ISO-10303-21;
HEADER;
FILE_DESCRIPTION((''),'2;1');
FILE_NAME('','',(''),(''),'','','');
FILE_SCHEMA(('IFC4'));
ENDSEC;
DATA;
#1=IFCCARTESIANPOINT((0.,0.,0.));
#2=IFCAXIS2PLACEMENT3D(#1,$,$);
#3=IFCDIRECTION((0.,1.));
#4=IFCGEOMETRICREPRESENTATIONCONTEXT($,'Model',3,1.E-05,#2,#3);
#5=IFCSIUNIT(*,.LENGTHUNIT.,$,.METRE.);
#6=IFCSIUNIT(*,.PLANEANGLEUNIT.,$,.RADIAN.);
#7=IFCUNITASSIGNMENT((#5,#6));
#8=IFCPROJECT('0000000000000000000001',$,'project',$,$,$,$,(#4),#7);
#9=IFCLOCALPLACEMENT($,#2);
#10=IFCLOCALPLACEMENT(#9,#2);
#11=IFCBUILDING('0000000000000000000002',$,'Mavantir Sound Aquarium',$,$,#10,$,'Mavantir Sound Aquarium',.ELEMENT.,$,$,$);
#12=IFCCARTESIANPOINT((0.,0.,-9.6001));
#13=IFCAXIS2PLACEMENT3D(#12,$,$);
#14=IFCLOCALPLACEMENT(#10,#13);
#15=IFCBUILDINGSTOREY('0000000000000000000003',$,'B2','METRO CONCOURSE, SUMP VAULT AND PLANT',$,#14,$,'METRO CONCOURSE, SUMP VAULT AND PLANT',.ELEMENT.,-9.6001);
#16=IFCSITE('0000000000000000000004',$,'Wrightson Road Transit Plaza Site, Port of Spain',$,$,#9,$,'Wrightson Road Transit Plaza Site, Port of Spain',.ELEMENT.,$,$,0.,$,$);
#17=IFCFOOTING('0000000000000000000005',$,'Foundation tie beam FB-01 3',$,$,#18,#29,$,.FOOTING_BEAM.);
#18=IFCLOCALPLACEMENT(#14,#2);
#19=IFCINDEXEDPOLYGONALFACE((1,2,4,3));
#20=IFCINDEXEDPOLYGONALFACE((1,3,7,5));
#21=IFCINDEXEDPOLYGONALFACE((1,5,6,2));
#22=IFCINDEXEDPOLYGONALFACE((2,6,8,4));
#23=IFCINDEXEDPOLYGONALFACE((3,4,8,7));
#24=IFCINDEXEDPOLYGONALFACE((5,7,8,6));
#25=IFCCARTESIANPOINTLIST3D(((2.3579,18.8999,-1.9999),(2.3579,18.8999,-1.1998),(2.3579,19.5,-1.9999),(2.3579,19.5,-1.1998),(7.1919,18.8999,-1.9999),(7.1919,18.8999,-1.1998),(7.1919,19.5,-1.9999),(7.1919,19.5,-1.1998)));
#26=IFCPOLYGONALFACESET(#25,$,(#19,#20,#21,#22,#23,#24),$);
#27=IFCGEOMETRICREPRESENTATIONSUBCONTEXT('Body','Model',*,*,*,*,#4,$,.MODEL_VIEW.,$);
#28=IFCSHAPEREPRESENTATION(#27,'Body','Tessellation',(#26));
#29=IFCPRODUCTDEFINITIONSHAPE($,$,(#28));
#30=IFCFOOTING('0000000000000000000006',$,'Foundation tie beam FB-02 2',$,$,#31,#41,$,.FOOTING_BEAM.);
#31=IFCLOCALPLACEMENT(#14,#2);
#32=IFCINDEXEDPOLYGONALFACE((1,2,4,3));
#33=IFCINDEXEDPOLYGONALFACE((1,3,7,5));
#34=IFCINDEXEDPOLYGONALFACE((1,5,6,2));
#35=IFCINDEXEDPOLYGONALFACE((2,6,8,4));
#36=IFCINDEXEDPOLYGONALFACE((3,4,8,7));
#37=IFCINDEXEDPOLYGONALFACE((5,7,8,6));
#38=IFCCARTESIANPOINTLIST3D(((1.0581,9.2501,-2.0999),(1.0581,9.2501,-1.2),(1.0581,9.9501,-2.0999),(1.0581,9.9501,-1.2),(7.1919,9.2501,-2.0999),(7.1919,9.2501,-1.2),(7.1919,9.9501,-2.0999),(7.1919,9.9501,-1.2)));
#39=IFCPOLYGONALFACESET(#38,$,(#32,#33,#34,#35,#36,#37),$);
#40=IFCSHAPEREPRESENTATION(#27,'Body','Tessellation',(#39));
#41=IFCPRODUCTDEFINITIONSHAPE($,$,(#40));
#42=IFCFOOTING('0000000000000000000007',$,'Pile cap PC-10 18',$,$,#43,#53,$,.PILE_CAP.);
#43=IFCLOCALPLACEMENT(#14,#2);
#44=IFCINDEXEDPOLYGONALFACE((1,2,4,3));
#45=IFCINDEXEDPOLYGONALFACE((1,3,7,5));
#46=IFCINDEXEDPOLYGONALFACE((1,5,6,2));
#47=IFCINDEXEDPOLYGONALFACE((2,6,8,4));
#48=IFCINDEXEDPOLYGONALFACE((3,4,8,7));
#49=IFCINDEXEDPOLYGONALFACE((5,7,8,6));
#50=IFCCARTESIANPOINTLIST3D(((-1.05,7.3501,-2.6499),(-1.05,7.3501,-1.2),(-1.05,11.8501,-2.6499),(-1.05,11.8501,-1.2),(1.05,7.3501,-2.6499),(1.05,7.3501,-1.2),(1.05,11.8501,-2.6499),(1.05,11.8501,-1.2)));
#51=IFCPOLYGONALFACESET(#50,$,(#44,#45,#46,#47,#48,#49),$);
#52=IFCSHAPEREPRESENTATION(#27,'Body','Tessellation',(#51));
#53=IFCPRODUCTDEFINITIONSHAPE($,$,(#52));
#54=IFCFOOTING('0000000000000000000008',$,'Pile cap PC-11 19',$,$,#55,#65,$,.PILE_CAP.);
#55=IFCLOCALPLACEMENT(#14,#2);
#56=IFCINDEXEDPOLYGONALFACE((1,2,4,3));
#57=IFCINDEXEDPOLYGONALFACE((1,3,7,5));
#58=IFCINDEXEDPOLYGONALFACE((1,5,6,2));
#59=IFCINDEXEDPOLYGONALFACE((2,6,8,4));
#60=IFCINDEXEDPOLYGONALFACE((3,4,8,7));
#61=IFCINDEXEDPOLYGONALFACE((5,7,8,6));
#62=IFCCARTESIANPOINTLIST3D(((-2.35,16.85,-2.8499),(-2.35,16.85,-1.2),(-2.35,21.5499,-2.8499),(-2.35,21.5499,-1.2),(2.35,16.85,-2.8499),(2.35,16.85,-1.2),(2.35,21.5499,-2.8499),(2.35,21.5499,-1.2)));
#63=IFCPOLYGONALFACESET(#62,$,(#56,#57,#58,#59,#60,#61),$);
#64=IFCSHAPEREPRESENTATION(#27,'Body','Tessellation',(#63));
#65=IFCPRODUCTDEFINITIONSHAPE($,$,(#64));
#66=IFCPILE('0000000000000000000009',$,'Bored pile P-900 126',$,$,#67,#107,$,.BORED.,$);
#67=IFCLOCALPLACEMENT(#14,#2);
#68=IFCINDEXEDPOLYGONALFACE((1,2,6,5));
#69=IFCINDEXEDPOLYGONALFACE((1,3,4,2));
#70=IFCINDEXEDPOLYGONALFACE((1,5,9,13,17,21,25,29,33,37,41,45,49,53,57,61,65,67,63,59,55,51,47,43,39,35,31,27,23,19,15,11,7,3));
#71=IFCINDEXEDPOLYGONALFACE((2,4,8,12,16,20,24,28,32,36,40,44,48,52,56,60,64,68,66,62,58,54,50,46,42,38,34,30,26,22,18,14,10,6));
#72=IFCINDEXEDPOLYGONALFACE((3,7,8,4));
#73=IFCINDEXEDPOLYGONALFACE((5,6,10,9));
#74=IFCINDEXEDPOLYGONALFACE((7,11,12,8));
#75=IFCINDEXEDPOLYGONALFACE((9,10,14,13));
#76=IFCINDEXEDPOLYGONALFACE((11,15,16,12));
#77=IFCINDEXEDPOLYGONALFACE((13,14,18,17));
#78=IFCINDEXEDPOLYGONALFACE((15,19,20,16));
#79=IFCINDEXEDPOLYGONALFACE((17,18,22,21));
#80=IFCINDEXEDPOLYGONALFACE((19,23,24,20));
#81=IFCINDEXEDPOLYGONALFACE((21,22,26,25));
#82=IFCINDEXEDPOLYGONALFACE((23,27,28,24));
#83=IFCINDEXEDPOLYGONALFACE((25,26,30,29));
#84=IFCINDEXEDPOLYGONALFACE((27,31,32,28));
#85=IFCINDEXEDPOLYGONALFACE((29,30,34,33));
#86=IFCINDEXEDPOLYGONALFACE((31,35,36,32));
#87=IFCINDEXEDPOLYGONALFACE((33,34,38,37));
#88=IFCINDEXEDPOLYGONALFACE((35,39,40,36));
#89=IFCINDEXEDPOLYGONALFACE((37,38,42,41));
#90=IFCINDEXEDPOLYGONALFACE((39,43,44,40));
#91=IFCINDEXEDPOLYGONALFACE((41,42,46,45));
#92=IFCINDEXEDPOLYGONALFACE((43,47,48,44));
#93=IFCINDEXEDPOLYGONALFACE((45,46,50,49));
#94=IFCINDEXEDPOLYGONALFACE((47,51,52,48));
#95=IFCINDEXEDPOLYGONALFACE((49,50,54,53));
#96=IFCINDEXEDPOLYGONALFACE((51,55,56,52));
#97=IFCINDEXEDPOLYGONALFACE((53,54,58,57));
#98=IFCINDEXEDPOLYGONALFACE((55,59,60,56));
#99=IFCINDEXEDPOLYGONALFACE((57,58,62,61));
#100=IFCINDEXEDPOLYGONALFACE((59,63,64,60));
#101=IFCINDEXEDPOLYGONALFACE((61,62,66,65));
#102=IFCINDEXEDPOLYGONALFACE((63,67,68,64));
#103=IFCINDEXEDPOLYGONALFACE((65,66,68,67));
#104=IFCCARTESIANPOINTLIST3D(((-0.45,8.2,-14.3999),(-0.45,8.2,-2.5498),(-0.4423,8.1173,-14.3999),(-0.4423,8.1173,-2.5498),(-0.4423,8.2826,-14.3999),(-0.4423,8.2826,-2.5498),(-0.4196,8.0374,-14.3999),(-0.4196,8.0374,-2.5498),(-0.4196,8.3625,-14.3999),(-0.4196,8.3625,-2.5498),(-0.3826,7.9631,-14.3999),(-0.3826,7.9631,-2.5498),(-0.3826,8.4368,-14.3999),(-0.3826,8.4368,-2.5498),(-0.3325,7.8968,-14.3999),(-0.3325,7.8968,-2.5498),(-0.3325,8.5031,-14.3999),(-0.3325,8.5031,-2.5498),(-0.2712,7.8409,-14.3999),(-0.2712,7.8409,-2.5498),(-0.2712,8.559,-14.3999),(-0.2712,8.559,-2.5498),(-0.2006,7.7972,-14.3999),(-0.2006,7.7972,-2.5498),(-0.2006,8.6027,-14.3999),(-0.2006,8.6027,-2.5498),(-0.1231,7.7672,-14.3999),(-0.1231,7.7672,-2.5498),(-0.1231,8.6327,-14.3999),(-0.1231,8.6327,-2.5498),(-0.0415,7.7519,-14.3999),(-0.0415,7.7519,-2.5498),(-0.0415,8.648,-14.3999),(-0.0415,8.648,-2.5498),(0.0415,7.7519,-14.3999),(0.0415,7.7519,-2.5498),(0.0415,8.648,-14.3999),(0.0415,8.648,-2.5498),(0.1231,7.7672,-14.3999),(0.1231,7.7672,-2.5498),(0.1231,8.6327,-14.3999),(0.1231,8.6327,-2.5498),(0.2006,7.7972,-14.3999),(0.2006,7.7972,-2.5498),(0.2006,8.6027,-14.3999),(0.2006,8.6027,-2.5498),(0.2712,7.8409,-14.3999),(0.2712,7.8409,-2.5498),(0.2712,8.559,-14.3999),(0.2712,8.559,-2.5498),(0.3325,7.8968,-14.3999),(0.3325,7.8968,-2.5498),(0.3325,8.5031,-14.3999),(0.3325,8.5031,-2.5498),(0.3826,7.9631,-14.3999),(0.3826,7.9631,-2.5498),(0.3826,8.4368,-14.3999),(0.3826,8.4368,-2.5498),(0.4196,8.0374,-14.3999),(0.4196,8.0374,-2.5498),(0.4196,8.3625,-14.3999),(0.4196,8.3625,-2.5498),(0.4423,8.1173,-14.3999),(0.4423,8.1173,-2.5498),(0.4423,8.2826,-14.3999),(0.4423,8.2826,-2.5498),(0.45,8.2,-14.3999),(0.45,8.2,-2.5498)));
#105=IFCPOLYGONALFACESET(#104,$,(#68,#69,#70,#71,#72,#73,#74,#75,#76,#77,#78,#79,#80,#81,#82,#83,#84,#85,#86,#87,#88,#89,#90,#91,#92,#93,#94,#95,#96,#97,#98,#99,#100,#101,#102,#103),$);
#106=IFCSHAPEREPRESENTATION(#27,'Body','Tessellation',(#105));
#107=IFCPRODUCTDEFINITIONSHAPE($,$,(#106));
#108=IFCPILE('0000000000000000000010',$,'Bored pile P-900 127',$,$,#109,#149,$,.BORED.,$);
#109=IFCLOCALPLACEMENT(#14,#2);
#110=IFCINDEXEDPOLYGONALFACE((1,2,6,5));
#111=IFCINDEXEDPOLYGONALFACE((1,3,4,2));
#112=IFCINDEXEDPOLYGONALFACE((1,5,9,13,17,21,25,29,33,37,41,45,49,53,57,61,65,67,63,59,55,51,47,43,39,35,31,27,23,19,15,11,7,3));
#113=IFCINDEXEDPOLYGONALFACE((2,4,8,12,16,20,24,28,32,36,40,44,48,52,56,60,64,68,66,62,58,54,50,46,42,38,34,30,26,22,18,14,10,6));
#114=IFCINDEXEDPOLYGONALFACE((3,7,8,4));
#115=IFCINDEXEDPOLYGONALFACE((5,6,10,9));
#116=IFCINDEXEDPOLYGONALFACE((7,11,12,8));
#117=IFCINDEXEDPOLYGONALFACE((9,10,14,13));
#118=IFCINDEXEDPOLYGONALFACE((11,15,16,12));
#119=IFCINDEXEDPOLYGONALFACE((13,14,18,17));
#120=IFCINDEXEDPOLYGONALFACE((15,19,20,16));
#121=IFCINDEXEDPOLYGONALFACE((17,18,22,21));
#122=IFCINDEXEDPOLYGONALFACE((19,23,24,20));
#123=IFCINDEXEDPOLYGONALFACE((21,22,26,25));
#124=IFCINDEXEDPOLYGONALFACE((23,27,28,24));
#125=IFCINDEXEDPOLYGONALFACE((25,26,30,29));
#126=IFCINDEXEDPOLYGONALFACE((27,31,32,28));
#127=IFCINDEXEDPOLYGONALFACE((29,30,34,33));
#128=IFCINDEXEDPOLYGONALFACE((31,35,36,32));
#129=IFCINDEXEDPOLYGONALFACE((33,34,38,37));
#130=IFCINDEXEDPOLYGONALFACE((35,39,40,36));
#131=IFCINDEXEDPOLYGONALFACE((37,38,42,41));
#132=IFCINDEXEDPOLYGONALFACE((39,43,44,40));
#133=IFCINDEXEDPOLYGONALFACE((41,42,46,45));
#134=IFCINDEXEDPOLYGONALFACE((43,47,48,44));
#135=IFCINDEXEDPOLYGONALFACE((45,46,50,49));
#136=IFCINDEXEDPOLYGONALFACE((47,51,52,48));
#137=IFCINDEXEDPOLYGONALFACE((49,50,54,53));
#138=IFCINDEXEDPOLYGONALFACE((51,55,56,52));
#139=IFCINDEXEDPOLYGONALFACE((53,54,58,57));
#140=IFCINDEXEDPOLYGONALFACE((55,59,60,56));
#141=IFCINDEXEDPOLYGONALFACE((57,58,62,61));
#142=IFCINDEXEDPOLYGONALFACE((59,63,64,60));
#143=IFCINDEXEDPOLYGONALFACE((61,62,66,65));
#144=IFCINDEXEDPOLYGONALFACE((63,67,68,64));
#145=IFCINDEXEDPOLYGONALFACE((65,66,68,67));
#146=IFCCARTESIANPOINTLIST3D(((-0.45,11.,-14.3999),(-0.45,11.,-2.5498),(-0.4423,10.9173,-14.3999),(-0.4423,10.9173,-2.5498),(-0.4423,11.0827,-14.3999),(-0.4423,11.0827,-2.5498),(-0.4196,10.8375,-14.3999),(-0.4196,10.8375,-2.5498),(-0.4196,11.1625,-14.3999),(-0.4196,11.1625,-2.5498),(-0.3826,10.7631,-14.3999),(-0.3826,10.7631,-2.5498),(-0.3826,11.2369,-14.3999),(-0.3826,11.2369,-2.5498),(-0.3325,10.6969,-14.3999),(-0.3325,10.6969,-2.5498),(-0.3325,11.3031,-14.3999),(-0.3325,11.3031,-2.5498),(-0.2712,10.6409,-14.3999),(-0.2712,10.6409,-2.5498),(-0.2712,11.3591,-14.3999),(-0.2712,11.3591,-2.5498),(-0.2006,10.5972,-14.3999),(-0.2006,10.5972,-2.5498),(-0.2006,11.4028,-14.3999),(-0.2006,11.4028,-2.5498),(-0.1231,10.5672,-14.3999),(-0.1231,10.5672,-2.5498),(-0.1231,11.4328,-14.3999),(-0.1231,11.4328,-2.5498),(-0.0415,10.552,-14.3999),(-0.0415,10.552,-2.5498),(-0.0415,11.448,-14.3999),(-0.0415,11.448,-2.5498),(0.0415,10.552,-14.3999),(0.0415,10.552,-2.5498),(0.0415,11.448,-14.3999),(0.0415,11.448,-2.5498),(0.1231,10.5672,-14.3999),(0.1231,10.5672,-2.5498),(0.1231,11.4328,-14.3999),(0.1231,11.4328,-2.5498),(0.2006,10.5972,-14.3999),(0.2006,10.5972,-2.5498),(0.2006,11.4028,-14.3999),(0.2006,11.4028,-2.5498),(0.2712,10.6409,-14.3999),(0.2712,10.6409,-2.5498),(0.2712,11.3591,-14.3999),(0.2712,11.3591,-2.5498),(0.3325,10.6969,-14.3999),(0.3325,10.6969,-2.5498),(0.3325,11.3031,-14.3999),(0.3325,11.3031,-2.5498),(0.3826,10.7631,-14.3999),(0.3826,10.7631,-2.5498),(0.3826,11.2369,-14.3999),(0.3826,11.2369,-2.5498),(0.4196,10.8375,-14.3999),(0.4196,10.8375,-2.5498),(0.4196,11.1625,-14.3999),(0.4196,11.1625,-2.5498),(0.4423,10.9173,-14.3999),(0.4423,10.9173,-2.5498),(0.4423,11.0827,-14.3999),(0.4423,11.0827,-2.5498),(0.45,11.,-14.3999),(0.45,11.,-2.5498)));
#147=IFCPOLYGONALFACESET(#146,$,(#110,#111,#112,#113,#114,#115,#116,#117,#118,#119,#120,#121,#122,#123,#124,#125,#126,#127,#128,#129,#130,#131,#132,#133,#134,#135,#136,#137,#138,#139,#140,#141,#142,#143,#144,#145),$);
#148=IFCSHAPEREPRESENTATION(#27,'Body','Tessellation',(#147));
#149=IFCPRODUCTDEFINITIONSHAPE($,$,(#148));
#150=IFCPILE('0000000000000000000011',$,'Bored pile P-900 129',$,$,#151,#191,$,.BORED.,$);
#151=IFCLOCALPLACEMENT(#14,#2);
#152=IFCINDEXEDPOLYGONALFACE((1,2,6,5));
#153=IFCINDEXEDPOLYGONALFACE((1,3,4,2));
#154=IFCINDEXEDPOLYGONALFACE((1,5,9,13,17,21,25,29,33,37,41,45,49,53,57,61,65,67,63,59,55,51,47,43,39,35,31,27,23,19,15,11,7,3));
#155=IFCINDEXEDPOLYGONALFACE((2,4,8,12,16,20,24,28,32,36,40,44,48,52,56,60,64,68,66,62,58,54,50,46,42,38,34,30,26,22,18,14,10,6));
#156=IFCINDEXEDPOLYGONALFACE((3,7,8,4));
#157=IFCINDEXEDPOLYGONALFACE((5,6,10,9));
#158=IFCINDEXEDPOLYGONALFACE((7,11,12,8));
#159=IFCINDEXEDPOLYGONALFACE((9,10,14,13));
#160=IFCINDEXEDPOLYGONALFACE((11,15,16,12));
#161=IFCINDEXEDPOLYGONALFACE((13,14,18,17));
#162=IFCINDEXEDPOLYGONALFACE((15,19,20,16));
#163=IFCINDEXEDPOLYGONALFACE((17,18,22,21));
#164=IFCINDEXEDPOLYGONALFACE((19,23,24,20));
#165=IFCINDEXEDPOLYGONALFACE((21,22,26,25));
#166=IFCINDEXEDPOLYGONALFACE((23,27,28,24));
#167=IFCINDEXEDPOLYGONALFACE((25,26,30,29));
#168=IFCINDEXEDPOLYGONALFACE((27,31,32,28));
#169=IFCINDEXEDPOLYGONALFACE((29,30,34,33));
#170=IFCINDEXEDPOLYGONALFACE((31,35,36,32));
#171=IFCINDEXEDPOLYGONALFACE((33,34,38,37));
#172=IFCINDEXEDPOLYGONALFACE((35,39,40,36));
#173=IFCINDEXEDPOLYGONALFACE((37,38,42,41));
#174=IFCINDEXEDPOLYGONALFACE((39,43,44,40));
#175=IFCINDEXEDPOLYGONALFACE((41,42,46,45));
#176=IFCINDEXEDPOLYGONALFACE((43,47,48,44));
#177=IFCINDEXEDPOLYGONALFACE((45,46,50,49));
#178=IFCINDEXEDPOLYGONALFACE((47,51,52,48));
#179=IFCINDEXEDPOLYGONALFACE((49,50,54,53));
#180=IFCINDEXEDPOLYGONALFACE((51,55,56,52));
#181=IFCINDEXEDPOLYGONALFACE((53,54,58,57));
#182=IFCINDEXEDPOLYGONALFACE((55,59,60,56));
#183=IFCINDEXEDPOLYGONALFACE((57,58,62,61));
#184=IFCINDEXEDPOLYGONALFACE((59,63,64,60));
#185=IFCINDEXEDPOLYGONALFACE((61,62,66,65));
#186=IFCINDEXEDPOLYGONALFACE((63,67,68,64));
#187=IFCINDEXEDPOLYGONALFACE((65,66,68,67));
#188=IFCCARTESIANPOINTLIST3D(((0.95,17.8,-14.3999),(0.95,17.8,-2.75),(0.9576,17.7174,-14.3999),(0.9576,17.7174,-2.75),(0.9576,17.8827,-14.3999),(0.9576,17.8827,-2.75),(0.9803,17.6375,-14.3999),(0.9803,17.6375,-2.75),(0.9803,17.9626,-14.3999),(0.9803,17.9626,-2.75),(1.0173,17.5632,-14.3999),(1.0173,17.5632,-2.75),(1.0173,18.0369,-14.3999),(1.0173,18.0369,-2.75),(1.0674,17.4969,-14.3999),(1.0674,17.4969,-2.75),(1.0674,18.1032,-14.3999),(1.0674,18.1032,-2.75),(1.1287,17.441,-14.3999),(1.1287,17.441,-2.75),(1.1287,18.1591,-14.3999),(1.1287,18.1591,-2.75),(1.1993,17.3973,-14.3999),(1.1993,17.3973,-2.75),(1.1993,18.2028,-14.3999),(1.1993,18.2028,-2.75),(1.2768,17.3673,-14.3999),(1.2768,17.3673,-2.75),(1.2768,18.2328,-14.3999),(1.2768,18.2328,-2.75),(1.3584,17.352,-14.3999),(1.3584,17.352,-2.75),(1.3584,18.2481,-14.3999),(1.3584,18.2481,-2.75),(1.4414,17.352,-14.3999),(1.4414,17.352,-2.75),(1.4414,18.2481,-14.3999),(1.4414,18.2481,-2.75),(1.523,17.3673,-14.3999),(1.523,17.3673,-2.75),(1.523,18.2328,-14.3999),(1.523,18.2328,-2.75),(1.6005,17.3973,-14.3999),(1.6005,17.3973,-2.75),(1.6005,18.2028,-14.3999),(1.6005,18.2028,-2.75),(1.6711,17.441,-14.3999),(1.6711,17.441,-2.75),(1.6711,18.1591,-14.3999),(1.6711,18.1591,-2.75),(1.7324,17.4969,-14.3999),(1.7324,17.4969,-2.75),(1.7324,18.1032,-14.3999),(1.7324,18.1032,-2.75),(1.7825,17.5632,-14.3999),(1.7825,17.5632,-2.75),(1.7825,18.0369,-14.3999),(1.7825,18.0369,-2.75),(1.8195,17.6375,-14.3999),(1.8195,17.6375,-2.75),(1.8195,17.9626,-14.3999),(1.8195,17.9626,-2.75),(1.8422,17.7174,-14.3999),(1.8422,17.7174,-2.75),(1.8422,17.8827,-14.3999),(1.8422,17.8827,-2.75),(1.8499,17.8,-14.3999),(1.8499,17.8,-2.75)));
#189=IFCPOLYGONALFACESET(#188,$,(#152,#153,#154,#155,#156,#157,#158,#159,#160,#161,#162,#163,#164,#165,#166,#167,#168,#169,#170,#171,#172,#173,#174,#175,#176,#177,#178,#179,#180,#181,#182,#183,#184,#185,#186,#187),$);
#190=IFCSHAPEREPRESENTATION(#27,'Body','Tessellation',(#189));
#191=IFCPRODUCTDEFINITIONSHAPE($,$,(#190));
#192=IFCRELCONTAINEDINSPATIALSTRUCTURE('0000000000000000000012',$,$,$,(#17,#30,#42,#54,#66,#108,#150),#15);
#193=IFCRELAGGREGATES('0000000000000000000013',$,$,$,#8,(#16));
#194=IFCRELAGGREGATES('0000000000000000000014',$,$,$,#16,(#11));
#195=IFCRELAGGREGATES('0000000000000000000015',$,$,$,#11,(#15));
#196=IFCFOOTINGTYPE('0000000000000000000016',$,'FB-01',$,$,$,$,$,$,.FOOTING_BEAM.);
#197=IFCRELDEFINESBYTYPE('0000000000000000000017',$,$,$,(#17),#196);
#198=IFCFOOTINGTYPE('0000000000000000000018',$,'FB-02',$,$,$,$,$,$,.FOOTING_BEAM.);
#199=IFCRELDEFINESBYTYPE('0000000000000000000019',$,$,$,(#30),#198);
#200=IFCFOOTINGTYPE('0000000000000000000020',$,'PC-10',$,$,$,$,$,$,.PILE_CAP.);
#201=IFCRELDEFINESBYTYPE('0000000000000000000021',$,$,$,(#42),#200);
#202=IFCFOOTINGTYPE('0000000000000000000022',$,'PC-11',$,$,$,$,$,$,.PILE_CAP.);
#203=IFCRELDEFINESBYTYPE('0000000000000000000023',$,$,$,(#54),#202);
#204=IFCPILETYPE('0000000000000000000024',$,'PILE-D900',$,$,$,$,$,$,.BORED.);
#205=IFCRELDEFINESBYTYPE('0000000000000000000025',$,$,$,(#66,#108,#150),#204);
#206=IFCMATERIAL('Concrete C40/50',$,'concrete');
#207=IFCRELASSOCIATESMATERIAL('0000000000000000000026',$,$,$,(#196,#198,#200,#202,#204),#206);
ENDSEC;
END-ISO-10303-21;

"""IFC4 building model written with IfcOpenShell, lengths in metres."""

from ifc_helpers import new_model, si_unit, direction, frame, origin, origin_2d, place, context, subcontext, project, spatial, rectangle, circle, extrude, material, material_profile, profile_set, type_object, element, save


model = new_model("IFC4")

# Units and contexts
model_context = context("Model", 3, precision=1e-05, world=origin(), true_north=direction((0.0, 1.0)))
body_context = subcontext(model_context, "Body", "Model", "MODEL_VIEW")
ifc_project = project(units=[si_unit("LENGTHUNIT", "METRE"), si_unit("PLANEANGLEUNIT", "RADIAN")], contexts=[model_context])

# Site, building, storey
site_placement = place(None, origin())
site = spatial("IfcSite", under=ifc_project, at=site_placement, Name="Wrightson Road Transit Plaza Site, Port of Spain", LongName="Wrightson Road Transit Plaza Site, Port of Spain", CompositionType="ELEMENT", RefElevation=0.0)
building_placement = place(site_placement, origin())
building = spatial("IfcBuilding", under=site, at=building_placement, Name="Mavantir Sound Aquarium", LongName="Mavantir Sound Aquarium", CompositionType="ELEMENT")
storey_placement = place(building_placement, frame((0.0, 0.0, -9.6001)))
storey = spatial("IfcBuildingStorey", under=building, at=storey_placement, Name="B2", Description="METRO CONCOURSE, SUMP VAULT AND PLANT", LongName="METRO CONCOURSE, SUMP VAULT AND PLANT", CompositionType="ELEMENT", Elevation=-9.6001)

# Footings
ifc_material_1 = material(Name="Concrete C40/50", Category="concrete")
ifc_material_profile_1 = material_profile(ifc_material_1, rectangle(XDim=0.6001, YDim=0.8, at=origin_2d()), Name="RC 600X800")
ifc_profile_set_1 = profile_set([ifc_material_profile_1], Name="Concrete C40/50")
footing_type_1 = type_object("IfcFootingType", Name="FB-01", PredefinedType="FOOTING_BEAM", material=ifc_profile_set_1)
footing_1_placement = place(storey_placement, frame((2.3579, 19.2, -1.5999), z_axis=(1.0, 0.0, 0.0), x_axis=(0.0, 1.0, 0.0)))
element("IfcFooting", 1, at=footing_1_placement, inside=storey, type_object=footing_type_1, Name="Foundation tie beam FB-01 3", PredefinedType="FOOTING_BEAM", context=body_context, shape_type="SweptSolid", body=[
    extrude(rectangle(XDim=0.6001, YDim=0.8, at=origin_2d()), origin(), (0.0, 0.0, 1.0), 4.834),
])
ifc_material_profile_2 = material_profile(ifc_material_1, rectangle(XDim=0.7, YDim=0.8999, at=origin_2d()), Name="RC 700X900")
ifc_profile_set_2 = profile_set([ifc_material_profile_2], Name="Concrete C40/50")
footing_type_2 = type_object("IfcFootingType", Name="FB-02", PredefinedType="FOOTING_BEAM", material=ifc_profile_set_2)
footing_2_placement = place(storey_placement, frame((1.0581, 9.6001, -1.6499), z_axis=(1.0, 0.0, 0.0), x_axis=(0.0, 1.0, 0.0)))
element("IfcFooting", 2, at=footing_2_placement, inside=storey, type_object=footing_type_2, Name="Foundation tie beam FB-02 2", PredefinedType="FOOTING_BEAM", context=body_context, shape_type="SweptSolid", body=[
    extrude(rectangle(XDim=0.7, YDim=0.8999, at=origin_2d()), origin(), (0.0, 0.0, 1.0), 6.1338),
])
footing_type_3 = type_object("IfcFootingType", Name="PC-10", PredefinedType="PILE_CAP", material=ifc_material_1)
footing_3_placement = place(storey_placement, frame((0.0, 9.6001, -2.6499), z_axis=(0.0, 0.0, 1.0), x_axis=(1.0, 0.0, 0.0)))
element("IfcFooting", 3, at=footing_3_placement, inside=storey, type_object=footing_type_3, Name="Pile cap PC-10 18", PredefinedType="PILE_CAP", context=body_context, shape_type="SweptSolid", body=[
    extrude(rectangle(XDim=2.1001, YDim=4.5, at=origin_2d()), origin(), (0.0, 0.0, 1.0), 1.45),
])
footing_type_4 = type_object("IfcFootingType", Name="PC-11", PredefinedType="PILE_CAP", material=ifc_material_1)
footing_4_placement = place(storey_placement, frame((0.0, 19.2, -2.8499), z_axis=(0.0, 0.0, 1.0), x_axis=(1.0, 0.0, 0.0)))
element("IfcFooting", 4, at=footing_4_placement, inside=storey, type_object=footing_type_4, Name="Pile cap PC-11 19", PredefinedType="PILE_CAP", context=body_context, shape_type="SweptSolid", body=[
    extrude(rectangle(XDim=4.7, YDim=4.7, at=origin_2d()), origin(), (0.0, 0.0, 1.0), 1.6499),
])

# Piles
ifc_material_profile_3 = material_profile(ifc_material_1, circle(Radius=0.45, at=origin_2d()), Name="PILE D900")
ifc_profile_set_3 = profile_set([ifc_material_profile_3], Name="Concrete C40/50")
pile_type = type_object("IfcPileType", Name="PILE-D900", PredefinedType="BORED", material=ifc_profile_set_3)
for number, where, z_axis, x_axis, name in (
    (5, (0.0, 8.2, -2.5498), (0.0, 0.0, -1.0), (1.0, 0.0, 0.0), "Bored pile P-900 126"),
    (6, (0.0, 11.0, -2.5498), (0.0, 0.0, -1.0), (1.0, 0.0, 0.0), "Bored pile P-900 127"),
):
    element("IfcPile", number, at=place(storey_placement, frame(where, z_axis=z_axis, x_axis=x_axis)), inside=storey, type_object=pile_type, Name=name, PredefinedType="BORED", context=body_context, shape_type="SweptSolid", body=[
        extrude(circle(Radius=0.45, at=origin_2d()), origin(), (0.0, 0.0, 1.0), 11.8501),
    ])
pile_placement = place(storey_placement, frame((1.3999, 17.8, -2.75), z_axis=(0.0, 0.0, -1.0), x_axis=(1.0, 0.0, 0.0)))
element("IfcPile", 7, at=pile_placement, inside=storey, type_object=pile_type, Name="Bored pile P-900 129", PredefinedType="BORED", context=body_context, shape_type="SweptSolid", body=[
    extrude(circle(Radius=0.45, at=origin_2d()), origin(), (0.0, 0.0, 1.0), 11.6499),
])

save(model, "model.ifc")
